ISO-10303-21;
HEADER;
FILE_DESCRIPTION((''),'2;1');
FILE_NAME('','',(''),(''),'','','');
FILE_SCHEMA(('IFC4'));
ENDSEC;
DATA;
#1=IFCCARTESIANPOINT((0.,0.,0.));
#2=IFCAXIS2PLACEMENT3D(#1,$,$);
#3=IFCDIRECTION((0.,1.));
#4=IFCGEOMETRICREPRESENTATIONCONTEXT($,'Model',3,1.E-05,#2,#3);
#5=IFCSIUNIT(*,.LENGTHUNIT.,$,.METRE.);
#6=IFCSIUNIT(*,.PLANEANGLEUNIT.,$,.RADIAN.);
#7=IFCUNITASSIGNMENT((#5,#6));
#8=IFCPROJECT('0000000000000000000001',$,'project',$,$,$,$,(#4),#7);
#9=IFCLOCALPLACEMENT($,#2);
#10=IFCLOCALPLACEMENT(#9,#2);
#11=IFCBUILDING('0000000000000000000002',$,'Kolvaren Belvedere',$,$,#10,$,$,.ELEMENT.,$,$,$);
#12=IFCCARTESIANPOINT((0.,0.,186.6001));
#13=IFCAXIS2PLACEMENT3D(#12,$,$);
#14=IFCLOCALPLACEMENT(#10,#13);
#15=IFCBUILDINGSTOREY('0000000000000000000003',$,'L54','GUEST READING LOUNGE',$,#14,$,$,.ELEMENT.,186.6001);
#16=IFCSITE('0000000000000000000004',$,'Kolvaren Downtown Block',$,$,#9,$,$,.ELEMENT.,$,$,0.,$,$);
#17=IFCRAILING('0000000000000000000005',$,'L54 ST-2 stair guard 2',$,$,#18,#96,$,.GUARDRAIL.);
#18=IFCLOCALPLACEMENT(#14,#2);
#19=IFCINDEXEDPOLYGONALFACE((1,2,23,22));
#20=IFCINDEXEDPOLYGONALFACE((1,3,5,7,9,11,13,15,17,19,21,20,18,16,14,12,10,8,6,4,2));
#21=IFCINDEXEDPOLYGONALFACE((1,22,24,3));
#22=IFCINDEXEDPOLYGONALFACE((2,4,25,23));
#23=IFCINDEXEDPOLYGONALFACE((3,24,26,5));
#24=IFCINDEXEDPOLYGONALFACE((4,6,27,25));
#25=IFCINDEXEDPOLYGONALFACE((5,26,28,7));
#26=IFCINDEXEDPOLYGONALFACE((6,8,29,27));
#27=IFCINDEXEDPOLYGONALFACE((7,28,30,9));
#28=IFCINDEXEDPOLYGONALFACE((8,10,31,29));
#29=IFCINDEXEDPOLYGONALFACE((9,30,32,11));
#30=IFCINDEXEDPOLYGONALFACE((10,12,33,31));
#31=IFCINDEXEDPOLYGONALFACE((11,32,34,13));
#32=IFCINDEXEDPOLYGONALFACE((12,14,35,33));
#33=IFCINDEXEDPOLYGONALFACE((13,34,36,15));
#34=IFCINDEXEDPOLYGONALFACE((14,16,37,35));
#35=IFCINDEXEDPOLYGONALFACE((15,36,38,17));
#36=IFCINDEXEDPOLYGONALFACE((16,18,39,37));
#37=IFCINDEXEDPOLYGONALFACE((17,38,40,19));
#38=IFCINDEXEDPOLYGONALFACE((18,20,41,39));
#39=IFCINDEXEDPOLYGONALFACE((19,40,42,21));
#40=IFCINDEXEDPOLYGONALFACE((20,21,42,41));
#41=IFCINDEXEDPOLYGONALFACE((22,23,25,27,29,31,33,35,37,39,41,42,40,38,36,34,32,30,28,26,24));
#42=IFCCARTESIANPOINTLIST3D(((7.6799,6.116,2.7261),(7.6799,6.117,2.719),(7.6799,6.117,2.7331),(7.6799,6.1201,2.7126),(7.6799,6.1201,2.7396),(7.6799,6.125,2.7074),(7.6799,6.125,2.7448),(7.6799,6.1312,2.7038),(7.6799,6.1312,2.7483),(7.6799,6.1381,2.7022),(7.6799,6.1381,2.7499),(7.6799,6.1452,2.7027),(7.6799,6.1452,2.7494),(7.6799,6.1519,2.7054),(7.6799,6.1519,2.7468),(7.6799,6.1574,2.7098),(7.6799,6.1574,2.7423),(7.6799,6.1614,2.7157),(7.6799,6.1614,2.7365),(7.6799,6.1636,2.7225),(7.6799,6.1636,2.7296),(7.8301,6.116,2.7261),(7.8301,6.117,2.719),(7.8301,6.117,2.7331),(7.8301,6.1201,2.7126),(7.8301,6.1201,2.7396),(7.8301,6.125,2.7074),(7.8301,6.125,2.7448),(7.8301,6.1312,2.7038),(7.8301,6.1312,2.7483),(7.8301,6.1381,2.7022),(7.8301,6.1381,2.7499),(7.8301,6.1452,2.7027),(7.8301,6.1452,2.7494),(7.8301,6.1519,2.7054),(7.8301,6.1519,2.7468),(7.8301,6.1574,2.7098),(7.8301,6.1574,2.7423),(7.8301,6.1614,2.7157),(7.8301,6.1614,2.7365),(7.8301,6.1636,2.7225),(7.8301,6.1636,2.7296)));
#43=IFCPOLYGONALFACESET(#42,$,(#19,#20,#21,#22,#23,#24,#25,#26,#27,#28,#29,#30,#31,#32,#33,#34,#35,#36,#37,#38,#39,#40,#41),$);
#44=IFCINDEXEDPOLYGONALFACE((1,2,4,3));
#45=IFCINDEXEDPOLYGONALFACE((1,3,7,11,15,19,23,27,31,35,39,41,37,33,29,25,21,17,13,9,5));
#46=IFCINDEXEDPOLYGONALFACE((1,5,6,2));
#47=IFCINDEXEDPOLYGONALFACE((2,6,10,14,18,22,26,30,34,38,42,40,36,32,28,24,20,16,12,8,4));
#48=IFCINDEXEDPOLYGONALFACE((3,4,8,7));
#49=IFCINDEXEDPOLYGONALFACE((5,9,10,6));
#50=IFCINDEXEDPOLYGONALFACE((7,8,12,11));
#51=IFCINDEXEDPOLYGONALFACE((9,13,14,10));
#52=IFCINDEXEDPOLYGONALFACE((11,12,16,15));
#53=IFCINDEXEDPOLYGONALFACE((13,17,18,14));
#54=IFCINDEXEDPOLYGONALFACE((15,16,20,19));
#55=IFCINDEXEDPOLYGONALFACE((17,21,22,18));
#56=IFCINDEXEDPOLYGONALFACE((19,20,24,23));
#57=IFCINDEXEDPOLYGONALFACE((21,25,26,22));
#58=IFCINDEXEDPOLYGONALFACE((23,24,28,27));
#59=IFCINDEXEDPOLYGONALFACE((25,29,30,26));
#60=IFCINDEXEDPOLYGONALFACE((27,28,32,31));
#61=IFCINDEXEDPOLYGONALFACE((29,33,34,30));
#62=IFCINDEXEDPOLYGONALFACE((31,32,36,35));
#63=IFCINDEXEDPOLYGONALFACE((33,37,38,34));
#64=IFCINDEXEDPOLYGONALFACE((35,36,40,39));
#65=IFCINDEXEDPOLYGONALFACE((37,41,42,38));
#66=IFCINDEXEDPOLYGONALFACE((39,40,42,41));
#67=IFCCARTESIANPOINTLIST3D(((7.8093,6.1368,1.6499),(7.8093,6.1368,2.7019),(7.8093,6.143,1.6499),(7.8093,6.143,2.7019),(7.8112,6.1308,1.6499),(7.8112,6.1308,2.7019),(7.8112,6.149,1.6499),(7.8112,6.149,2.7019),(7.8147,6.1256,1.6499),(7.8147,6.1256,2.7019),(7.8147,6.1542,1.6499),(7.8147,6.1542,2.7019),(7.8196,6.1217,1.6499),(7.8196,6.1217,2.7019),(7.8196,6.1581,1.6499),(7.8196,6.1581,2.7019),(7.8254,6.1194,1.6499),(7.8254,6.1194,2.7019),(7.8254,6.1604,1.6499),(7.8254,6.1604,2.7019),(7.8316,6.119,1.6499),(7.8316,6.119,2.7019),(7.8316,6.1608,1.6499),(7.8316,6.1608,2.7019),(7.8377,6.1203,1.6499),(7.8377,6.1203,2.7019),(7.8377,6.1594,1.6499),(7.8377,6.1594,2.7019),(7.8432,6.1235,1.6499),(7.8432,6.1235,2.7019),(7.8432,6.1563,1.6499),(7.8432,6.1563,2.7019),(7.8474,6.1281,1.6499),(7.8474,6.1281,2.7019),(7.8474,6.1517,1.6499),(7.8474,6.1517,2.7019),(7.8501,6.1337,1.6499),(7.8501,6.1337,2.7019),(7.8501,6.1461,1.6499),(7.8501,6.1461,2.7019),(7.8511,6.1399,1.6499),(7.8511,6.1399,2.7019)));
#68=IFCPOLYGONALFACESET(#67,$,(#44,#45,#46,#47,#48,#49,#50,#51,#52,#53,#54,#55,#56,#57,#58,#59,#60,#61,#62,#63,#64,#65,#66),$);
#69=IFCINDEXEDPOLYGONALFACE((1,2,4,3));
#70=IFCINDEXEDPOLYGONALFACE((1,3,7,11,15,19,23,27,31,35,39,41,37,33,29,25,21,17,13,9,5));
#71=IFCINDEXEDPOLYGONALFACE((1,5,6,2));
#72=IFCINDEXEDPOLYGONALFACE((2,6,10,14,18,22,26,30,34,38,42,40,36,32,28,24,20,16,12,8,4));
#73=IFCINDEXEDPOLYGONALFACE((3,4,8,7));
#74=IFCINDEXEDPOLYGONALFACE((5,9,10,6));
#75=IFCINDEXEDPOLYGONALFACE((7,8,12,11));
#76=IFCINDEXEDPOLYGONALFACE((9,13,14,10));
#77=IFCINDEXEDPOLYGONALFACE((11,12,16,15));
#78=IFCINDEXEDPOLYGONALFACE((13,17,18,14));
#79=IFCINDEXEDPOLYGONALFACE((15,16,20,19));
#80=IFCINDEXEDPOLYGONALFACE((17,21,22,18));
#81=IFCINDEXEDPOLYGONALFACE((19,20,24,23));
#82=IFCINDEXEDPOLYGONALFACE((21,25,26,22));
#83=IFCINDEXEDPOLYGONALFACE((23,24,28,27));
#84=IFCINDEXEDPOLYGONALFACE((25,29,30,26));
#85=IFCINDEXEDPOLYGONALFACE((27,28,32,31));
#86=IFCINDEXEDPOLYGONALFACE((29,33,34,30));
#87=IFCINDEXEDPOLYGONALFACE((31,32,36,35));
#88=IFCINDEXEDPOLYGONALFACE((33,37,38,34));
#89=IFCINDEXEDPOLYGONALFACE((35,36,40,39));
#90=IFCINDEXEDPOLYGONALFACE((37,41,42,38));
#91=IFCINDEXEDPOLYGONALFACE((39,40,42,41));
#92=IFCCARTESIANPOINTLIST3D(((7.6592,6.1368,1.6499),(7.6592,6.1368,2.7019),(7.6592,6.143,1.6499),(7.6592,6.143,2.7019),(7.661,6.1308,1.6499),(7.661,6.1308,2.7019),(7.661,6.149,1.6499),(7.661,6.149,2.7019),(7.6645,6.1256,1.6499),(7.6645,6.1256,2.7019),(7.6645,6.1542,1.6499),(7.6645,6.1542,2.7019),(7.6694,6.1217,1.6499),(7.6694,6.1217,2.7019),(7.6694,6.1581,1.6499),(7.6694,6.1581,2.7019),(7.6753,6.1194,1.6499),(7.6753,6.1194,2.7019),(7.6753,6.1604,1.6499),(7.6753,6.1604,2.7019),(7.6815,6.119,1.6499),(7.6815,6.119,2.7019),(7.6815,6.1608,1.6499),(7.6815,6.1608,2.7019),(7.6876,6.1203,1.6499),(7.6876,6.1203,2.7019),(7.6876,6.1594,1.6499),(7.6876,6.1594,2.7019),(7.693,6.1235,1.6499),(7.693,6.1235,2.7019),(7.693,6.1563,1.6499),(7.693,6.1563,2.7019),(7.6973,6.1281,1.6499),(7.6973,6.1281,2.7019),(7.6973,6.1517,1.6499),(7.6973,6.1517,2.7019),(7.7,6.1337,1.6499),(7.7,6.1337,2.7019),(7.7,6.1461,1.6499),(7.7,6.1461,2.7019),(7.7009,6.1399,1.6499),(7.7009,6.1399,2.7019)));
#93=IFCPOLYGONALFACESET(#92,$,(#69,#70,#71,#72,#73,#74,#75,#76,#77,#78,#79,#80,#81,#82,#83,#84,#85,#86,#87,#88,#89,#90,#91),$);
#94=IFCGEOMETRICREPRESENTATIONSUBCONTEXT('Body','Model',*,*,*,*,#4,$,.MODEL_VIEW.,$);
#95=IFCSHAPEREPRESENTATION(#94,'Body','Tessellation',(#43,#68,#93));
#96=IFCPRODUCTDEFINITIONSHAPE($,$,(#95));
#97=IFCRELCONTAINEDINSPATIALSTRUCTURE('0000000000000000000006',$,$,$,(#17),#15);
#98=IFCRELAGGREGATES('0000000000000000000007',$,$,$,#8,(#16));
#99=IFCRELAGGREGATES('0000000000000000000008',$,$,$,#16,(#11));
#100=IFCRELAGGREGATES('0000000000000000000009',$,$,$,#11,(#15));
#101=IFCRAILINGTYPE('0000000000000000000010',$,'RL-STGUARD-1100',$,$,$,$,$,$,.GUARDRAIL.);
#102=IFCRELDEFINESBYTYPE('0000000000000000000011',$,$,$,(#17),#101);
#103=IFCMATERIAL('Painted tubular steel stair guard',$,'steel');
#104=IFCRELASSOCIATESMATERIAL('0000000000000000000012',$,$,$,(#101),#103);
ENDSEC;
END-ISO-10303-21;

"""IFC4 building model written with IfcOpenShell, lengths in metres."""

from ifc_helpers import new_model, si_unit, direction, frame, origin, origin_2d, place, context, subcontext, project, spatial, circle, extrude, material, type_object, element, save


model = new_model("IFC4")

# Units and contexts
model_context = context("Model", 3, precision=1e-05, world=origin(), true_north=direction((0.0, 1.0)))
body_context = subcontext(model_context, "Body", "Model", "MODEL_VIEW")
ifc_project = project(units=[si_unit("LENGTHUNIT", "METRE"), si_unit("PLANEANGLEUNIT", "RADIAN")], contexts=[model_context])

# Site, building, storey
site_placement = place(None, origin())
site = spatial("IfcSite", under=ifc_project, at=site_placement, Name="Kolvaren Downtown Block", CompositionType="ELEMENT", RefElevation=0.0)
building_placement = place(site_placement, origin())
building = spatial("IfcBuilding", under=site, at=building_placement, Name="Kolvaren Belvedere", CompositionType="ELEMENT")
storey_placement = place(building_placement, frame((0.0, 0.0, 186.6001)))
storey = spatial("IfcBuildingStorey", under=building, at=storey_placement, Name="L54", Description="GUEST READING LOUNGE", CompositionType="ELEMENT", Elevation=186.6001)

# Railing
ifc_material_1 = material(Name="Painted tubular steel stair guard", Category="steel")
railing_type_1 = type_object("IfcRailingType", Name="RL-STGUARD-1100", PredefinedType="GUARDRAIL", material=ifc_material_1)
railing_1_placement = place(storey_placement, frame((7.8301, 6.1399, 1.6499)))
element("IfcRailing", 1, at=railing_1_placement, inside=storey, type_object=railing_type_1, Name="L54 ST-2 stair guard 2", PredefinedType="GUARDRAIL", context=body_context, shape_type="SweptSolid", body=[
    extrude(circle(Radius=0.0239, at=origin_2d()), frame((0.0, 0.0, 1.0762), z_axis=(-1.0, 0.0, 0.0), x_axis=(0.0, -1.0, 0.0)), (0.0, 0.0, 1.0), 0.1501),
    extrude(circle(Radius=0.021, at=origin_2d()), origin(), (0.0, 0.0, 1.0), 1.052),
    extrude(circle(Radius=0.021, at=origin_2d()), frame((-0.1501, 0.0, 0.0)), (0.0, 0.0, 1.0), 1.052),
])

save(model, "model.ifc")
